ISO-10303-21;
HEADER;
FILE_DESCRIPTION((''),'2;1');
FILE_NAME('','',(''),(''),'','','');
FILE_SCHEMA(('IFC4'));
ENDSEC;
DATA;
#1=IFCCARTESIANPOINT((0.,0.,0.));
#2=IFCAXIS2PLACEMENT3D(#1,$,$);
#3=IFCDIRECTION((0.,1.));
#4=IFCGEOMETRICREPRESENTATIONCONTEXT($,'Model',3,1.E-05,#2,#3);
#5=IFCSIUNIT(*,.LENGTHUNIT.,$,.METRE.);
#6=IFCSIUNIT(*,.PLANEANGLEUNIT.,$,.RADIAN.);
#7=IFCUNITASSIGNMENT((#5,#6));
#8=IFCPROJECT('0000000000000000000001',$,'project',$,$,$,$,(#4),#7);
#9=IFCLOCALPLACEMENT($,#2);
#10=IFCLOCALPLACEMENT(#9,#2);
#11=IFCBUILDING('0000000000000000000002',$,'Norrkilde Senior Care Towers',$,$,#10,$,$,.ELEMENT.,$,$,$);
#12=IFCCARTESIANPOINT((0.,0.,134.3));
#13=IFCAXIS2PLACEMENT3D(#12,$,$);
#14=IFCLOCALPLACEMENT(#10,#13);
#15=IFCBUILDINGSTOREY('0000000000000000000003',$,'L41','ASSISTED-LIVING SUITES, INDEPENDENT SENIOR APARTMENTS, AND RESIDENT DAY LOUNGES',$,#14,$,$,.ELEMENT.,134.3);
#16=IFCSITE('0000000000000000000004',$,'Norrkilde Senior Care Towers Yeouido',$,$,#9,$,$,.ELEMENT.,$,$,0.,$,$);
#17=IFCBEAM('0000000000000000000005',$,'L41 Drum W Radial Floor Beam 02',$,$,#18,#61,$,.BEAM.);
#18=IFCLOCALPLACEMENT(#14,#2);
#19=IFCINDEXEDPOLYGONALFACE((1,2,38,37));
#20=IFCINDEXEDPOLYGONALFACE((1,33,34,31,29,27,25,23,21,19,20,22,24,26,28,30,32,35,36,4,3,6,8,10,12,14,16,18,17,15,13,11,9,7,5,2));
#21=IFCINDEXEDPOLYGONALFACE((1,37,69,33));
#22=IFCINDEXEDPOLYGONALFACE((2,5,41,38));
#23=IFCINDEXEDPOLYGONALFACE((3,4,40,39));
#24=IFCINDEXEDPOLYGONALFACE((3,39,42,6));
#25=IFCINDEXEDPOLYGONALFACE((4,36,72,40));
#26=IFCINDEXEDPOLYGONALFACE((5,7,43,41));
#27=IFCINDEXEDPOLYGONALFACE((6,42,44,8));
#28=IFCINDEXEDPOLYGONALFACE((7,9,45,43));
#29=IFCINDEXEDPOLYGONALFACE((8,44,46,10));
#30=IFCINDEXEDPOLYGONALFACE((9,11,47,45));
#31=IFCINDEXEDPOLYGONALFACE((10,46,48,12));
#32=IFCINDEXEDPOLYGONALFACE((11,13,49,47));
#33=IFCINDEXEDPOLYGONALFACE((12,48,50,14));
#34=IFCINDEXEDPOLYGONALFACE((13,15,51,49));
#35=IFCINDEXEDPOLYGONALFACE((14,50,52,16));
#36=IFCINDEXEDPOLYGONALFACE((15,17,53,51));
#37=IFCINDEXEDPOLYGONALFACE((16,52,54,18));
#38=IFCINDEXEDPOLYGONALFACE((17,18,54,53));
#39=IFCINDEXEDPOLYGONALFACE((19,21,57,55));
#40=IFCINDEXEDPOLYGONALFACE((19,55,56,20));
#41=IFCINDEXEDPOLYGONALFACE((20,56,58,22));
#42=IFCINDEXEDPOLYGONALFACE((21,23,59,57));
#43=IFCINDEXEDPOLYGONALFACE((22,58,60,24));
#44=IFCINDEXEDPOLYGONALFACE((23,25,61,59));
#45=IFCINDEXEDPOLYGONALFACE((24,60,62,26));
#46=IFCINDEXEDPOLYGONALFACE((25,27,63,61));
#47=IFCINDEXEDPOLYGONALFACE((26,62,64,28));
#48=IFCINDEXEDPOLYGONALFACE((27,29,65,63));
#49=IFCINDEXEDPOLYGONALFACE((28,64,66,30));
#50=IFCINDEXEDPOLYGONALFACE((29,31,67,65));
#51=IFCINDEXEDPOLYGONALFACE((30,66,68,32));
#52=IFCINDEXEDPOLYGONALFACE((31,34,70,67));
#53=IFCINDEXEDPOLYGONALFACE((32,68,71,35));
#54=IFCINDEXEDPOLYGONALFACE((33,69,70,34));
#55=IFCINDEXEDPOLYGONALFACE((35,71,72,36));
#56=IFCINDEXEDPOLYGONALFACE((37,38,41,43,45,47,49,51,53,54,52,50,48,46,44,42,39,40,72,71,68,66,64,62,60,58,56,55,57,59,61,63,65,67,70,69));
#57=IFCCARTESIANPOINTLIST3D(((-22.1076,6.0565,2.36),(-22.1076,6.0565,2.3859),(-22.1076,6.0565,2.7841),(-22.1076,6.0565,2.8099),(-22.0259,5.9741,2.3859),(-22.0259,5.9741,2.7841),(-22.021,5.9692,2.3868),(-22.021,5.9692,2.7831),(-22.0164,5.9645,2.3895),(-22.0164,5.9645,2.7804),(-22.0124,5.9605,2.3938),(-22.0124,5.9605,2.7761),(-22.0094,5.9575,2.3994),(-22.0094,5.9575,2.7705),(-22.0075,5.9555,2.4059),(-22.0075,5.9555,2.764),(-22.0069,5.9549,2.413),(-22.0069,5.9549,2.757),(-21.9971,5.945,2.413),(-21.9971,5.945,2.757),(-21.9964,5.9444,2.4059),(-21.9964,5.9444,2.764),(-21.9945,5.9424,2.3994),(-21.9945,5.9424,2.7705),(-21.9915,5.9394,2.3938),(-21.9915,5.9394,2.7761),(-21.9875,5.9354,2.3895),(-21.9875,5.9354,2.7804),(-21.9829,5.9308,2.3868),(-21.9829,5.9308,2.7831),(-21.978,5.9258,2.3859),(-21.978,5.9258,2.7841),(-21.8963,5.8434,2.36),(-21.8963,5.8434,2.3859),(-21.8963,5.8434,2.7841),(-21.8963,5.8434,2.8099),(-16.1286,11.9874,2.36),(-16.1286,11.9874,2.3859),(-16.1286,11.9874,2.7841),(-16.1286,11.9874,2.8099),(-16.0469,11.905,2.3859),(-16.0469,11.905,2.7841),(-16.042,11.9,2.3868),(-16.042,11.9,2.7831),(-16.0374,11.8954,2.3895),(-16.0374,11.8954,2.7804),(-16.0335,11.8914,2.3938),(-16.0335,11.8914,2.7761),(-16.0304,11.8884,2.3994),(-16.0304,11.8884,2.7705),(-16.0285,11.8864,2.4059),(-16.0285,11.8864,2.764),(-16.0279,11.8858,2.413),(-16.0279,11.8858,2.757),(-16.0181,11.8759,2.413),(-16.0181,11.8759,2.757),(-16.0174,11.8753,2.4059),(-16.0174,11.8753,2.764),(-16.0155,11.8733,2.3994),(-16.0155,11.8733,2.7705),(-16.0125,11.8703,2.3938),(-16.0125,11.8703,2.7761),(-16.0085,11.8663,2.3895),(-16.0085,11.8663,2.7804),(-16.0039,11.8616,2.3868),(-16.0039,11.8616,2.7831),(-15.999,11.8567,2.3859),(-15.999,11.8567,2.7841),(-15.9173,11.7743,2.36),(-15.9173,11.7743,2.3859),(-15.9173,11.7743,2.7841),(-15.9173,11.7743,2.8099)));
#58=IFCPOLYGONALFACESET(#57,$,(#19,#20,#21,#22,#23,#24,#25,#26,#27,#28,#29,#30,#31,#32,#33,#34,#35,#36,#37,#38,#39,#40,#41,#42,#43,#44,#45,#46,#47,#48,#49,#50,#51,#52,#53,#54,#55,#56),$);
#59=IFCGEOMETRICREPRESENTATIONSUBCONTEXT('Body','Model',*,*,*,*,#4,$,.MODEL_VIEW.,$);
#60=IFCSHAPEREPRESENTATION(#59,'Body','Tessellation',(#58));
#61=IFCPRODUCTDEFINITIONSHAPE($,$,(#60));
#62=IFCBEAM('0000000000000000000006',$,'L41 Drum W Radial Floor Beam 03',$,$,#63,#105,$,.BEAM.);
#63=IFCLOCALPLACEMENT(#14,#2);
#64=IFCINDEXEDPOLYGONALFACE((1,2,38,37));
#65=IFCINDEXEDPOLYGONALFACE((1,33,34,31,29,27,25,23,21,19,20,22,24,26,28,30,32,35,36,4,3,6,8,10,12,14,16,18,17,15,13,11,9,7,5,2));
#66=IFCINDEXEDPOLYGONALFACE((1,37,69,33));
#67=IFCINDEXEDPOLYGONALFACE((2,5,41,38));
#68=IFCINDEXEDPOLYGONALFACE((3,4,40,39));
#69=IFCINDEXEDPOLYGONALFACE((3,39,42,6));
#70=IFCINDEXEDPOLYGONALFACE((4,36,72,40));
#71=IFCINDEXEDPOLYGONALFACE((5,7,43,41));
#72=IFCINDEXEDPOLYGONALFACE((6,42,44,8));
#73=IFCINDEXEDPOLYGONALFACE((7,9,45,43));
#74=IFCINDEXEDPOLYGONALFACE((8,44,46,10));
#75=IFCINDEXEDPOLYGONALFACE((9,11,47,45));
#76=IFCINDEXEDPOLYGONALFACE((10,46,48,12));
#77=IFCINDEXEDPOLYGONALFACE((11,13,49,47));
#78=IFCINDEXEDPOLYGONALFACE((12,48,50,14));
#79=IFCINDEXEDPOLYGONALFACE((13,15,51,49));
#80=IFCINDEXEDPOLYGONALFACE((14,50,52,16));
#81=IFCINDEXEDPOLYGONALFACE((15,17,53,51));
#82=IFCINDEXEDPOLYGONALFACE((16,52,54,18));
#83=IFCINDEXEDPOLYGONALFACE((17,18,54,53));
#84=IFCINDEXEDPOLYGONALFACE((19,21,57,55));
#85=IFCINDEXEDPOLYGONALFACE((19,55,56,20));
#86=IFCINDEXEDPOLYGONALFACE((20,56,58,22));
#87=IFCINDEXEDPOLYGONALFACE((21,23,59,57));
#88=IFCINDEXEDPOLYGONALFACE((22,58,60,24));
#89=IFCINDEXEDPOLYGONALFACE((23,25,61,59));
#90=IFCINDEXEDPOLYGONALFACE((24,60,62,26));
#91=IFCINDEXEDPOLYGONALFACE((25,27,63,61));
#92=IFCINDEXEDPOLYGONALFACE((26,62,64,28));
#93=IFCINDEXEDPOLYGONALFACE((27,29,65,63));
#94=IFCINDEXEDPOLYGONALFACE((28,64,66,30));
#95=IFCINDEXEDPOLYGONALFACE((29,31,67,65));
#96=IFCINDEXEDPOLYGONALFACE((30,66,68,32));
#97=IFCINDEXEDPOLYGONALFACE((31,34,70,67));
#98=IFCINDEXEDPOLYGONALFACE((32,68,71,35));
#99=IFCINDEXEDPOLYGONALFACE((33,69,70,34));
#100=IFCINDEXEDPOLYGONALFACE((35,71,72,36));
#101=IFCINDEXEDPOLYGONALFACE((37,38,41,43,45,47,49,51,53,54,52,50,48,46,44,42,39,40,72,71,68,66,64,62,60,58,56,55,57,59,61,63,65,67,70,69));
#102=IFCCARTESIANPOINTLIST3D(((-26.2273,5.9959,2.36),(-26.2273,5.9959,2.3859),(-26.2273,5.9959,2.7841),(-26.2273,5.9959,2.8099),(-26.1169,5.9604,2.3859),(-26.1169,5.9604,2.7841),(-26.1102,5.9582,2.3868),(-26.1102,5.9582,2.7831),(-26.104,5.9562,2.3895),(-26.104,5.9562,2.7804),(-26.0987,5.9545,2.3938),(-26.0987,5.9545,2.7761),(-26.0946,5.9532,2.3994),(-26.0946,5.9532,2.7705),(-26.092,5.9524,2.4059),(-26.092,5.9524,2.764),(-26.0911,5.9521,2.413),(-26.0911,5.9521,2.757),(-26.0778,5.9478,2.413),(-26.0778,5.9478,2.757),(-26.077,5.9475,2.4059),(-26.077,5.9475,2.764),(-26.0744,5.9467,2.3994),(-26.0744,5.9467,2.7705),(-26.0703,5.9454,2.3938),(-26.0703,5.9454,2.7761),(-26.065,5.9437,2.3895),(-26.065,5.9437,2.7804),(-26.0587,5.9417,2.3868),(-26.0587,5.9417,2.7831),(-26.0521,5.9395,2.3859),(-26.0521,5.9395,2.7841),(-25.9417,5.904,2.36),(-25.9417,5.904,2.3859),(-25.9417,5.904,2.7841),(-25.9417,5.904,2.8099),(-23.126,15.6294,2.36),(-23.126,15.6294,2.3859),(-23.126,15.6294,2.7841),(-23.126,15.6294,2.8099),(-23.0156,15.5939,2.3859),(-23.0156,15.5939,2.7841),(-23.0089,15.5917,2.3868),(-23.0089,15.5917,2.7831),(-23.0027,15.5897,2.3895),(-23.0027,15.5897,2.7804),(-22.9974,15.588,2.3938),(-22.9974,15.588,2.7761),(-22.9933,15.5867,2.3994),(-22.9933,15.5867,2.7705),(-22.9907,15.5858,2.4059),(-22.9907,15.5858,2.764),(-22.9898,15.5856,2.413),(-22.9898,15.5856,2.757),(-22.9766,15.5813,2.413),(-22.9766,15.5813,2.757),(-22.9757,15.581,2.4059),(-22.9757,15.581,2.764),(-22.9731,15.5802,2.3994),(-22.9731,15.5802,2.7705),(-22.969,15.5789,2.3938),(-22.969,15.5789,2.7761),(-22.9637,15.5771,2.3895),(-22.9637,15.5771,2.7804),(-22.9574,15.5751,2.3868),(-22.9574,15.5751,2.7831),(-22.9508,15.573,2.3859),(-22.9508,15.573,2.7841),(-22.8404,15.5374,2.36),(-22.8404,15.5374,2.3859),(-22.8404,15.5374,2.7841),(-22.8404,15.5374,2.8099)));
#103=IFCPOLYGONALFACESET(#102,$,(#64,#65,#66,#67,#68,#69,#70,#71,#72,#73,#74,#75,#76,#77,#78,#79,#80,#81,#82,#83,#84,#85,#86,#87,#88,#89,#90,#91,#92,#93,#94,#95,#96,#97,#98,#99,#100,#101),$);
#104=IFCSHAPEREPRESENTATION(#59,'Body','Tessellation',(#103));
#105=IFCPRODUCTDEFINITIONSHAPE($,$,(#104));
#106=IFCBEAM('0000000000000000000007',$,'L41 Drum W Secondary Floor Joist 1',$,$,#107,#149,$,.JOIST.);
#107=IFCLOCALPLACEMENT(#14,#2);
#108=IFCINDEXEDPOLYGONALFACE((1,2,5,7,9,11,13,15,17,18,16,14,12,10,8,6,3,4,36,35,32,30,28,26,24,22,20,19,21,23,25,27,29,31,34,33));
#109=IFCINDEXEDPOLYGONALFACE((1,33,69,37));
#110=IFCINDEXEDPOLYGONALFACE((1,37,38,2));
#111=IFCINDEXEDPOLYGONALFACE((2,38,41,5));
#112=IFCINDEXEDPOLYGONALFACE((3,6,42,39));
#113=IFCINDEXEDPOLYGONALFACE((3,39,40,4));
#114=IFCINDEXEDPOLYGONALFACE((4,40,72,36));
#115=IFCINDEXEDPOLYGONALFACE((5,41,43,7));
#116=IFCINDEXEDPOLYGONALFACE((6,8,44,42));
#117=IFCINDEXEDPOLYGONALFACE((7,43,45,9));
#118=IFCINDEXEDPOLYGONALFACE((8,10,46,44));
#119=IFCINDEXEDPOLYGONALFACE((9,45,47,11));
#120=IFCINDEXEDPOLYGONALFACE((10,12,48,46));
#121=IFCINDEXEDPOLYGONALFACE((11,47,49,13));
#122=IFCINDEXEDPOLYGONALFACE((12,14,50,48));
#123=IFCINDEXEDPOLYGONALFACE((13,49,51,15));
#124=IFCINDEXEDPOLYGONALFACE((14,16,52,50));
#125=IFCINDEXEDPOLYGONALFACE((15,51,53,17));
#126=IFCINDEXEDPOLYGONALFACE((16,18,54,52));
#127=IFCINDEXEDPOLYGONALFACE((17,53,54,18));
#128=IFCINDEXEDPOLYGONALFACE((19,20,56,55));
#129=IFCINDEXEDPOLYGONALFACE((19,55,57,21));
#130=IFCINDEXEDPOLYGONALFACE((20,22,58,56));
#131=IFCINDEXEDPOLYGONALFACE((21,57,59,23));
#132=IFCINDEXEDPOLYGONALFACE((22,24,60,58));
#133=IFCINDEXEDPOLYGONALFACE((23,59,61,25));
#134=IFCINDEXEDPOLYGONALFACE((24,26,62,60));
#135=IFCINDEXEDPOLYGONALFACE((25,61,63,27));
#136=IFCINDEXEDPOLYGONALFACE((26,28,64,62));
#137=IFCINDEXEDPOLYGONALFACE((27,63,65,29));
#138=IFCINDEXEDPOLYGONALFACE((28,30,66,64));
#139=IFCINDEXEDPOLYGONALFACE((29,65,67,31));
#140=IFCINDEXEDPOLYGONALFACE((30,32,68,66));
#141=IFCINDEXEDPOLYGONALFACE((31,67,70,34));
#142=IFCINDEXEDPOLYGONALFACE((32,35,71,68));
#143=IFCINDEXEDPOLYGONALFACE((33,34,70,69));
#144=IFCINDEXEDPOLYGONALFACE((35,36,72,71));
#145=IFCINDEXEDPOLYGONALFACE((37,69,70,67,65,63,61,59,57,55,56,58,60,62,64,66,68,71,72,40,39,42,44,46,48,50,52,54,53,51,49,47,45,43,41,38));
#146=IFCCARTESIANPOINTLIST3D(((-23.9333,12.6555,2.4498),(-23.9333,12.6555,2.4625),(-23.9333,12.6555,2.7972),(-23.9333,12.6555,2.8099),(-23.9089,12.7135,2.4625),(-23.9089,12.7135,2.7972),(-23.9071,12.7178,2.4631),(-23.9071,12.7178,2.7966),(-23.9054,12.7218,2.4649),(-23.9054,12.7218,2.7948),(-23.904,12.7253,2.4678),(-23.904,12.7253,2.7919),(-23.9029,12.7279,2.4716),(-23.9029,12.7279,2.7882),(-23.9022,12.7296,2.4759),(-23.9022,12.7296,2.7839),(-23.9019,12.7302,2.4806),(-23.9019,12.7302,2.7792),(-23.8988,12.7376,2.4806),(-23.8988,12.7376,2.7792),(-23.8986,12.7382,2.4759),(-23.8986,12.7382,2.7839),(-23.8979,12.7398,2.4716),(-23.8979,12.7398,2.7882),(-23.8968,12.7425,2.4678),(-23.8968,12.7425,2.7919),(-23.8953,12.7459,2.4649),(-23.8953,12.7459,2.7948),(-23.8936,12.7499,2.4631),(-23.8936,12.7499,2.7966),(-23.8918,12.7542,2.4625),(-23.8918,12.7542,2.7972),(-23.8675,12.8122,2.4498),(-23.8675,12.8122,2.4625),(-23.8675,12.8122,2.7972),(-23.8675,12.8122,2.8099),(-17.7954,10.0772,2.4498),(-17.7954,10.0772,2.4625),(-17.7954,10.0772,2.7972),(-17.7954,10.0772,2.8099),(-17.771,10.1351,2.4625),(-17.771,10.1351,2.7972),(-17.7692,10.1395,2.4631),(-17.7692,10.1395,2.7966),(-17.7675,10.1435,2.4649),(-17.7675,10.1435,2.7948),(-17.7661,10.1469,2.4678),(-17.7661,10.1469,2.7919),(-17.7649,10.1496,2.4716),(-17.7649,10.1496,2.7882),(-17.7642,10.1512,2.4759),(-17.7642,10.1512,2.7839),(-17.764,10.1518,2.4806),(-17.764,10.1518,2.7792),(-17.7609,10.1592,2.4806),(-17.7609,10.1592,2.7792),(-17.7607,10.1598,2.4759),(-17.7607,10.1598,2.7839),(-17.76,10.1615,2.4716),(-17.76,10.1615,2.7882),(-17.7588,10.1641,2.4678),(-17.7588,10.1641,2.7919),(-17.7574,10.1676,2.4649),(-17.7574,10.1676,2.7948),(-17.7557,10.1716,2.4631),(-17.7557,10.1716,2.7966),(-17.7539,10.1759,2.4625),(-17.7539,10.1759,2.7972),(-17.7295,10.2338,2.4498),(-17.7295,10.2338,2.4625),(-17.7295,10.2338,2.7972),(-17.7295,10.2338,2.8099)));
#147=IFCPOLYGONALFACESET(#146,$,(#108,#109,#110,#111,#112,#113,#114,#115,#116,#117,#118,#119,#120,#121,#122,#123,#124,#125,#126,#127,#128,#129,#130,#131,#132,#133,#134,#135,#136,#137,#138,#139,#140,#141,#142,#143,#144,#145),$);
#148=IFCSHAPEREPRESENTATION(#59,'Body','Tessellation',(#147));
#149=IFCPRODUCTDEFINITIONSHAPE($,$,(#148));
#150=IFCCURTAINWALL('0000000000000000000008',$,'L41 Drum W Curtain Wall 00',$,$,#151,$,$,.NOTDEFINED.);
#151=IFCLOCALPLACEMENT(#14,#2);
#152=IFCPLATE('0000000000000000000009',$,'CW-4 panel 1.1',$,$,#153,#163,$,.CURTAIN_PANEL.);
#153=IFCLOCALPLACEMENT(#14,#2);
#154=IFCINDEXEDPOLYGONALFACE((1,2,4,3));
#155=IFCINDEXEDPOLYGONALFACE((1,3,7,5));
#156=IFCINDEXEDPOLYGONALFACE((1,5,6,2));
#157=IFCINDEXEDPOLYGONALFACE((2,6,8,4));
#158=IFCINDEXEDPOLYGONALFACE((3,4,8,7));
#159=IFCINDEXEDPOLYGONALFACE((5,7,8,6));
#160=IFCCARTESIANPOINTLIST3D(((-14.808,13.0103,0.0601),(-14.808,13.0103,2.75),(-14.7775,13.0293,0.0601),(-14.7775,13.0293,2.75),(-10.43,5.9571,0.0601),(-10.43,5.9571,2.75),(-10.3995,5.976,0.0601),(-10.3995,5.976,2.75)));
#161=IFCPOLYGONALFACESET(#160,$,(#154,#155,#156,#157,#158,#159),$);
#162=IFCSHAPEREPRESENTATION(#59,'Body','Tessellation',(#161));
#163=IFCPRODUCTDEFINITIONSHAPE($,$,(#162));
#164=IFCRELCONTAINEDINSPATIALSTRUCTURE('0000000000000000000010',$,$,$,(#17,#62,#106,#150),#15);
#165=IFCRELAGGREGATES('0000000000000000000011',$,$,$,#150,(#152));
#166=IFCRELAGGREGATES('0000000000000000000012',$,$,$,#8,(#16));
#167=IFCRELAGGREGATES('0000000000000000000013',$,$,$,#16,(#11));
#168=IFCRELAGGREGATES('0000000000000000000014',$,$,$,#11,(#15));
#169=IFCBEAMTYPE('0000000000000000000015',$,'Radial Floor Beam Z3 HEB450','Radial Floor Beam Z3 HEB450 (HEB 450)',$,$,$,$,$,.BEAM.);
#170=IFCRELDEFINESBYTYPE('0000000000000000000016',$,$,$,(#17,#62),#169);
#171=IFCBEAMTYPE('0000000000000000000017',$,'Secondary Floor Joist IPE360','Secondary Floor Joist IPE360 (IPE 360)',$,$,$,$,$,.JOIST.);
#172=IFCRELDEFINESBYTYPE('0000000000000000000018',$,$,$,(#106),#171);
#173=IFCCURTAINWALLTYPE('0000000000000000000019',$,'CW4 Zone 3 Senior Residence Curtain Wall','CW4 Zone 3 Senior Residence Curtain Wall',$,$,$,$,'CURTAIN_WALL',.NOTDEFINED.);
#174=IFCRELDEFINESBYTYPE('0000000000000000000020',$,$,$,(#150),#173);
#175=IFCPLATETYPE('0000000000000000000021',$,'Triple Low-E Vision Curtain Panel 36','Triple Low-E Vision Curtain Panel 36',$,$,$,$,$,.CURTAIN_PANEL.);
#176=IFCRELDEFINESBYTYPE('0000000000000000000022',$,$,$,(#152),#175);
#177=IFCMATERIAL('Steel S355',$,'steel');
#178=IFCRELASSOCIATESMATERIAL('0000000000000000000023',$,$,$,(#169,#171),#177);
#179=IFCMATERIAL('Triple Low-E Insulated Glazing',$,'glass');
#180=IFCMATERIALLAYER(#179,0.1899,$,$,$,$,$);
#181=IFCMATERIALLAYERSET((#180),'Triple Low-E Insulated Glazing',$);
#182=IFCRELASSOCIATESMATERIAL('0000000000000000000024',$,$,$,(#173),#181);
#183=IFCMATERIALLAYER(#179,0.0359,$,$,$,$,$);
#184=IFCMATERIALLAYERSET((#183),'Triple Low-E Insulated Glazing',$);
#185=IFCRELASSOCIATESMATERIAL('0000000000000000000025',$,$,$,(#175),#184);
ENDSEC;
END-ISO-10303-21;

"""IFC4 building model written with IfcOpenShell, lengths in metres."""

from ifc_helpers import new_model, si_unit, direction, frame, origin, origin_2d, place, context, subcontext, project, spatial, rectangle, i_section, extrude, source, transform, mapped, material, layer, layer_set, material_profile, profile_set, type_object, type_shapes, element, aggregate, save


model = new_model("IFC4")

# Units and contexts
model_context = context("Model", 3, precision=1e-05, world=origin(), true_north=direction((0.0, 1.0)))
body_context = subcontext(model_context, "Body", "Model", "MODEL_VIEW")
ifc_project = project(units=[si_unit("LENGTHUNIT", "METRE"), si_unit("PLANEANGLEUNIT", "RADIAN")], contexts=[model_context])

# Site, building, storey
site_placement = place(None, origin())
site = spatial("IfcSite", under=ifc_project, at=site_placement, Name="Norrkilde Senior Care Towers Yeouido", CompositionType="ELEMENT", RefElevation=0.0)
building_placement = place(site_placement, origin())
building = spatial("IfcBuilding", under=site, at=building_placement, Name="Norrkilde Senior Care Towers", CompositionType="ELEMENT")
storey_placement = place(building_placement, frame((0.0, 0.0, 134.3)))
storey = spatial("IfcBuildingStorey", under=building, at=storey_placement, Name="L41", Description="ASSISTED-LIVING SUITES, INDEPENDENT SENIOR APARTMENTS, AND RESIDENT DAY LOUNGES", CompositionType="ELEMENT", Elevation=134.3)

# Beams
ifc_material_1 = material(Name="Steel S355", Category="steel")
ifc_material_profile_1 = material_profile(ifc_material_1, i_section(OverallWidth=0.3, OverallDepth=0.45, WebThickness=0.0139, FlangeThickness=0.0259, FilletRadius=0.0271, at=origin_2d()), Name="HEB 450")
ifc_profile_set_1 = profile_set([ifc_material_profile_1], Name="Steel S355")
beam_type_1 = type_object("IfcBeamType", Name="Radial Floor Beam Z3 HEB450", Description="Radial Floor Beam Z3 HEB450 (HEB 450)", PredefinedType="BEAM", material=ifc_profile_set_1)
shared_shape_1 = source(origin(), body_context, "Body", "SweptSolid", [
    extrude(i_section(OverallWidth=0.3, OverallDepth=0.45, WebThickness=0.0139, FlangeThickness=0.0259, FilletRadius=0.0271, at=origin_2d()), origin(), (0.0, 0.0, 1.0), 8.4216),
])
beam_1_placement = place(storey_placement, frame((-22.002, 5.95, 2.585), z_axis=(0.709956, 0.704246, 0.0), x_axis=(-0.704246, 0.709956, 0.0)))
element("IfcBeam", 1, at=beam_1_placement, inside=storey, type_object=beam_type_1, Name="L41 Drum W Radial Floor Beam 02", PredefinedType="BEAM", context=body_context, shape_type="MappedRepresentation", body=[
    mapped(shared_shape_1, transform((0.0, 0.0, 0.0), x_axis=(1.0, 0.0, 0.0), y_axis=(0.0, 1.0, 0.0), z_axis=(0.0, 0.0, 1.0), scale=1.0)),
])
shared_shape_2 = source(origin(), body_context, "Body", "SweptSolid", [
    extrude(i_section(OverallWidth=0.3, OverallDepth=0.45, WebThickness=0.0139, FlangeThickness=0.0259, FilletRadius=0.0271, at=origin_2d()), origin(), (0.0, 0.0, 1.0), 10.1204),
])
beam_2_placement = place(storey_placement, frame((-26.0845, 5.95, 2.585), z_axis=(0.306441, 0.95189, 0.0), x_axis=(-0.95189, 0.306441, 0.0)))
element("IfcBeam", 2, at=beam_2_placement, inside=storey, type_object=beam_type_1, Name="L41 Drum W Radial Floor Beam 03", PredefinedType="BEAM", context=body_context, shape_type="MappedRepresentation", body=[
    mapped(shared_shape_2, transform((0.0, 0.0, 0.0), x_axis=(1.0, 0.0, 0.0), y_axis=(0.0, 1.0, 0.0), z_axis=(0.0, 0.0, 1.0), scale=1.0)),
])
ifc_material_profile_2 = material_profile(ifc_material_1, i_section(OverallWidth=0.1699, OverallDepth=0.3601, WebThickness=0.0081, FlangeThickness=0.0127, FilletRadius=0.0181, at=origin_2d()), Name="IPE 360")
ifc_profile_set_2 = profile_set([ifc_material_profile_2], Name="Steel S355")
beam_type_2 = type_object("IfcBeamType", Name="Secondary Floor Joist IPE360", Description="Secondary Floor Joist IPE360 (IPE 360)", PredefinedType="JOIST", material=ifc_profile_set_2)
shared_shape_3 = source(origin(), body_context, "Body", "SweptSolid", [
    extrude(i_section(OverallWidth=0.1699, OverallDepth=0.3601, WebThickness=0.0081, FlangeThickness=0.0127, FilletRadius=0.0181, at=origin_2d()), origin(), (0.0, 0.0, 1.0), 6.6575),
])
type_shapes(beam_type_2, [shared_shape_3])
beam_3_placement = place(storey_placement, frame((-17.7625, 10.1555, 2.6299), z_axis=(-0.921959, 0.387288, 0.0), x_axis=(-0.387288, -0.921959, 0.0)))
element("IfcBeam", 3, at=beam_3_placement, inside=storey, type_object=beam_type_2, Name="L41 Drum W Secondary Floor Joist 1", PredefinedType="JOIST", context=body_context, shape_type="MappedRepresentation", body=[
    mapped(shared_shape_3, transform((0.0, 0.0, 0.0), x_axis=(1.0, 0.0, 0.0), y_axis=(0.0, 1.0, 0.0), z_axis=(0.0, 0.0, 1.0), scale=1.0)),
])

# Curtain wall, plate
ifc_material_2 = material(Name="Triple Low-E Insulated Glazing", Category="glass")
ifc_layer_1 = layer(ifc_material_2, 0.1899)
ifc_layer_set_1 = layer_set([ifc_layer_1], Name="Triple Low-E Insulated Glazing")
curtain_wall_type = type_object("IfcCurtainWallType", Name="CW4 Zone 3 Senior Residence Curtain Wall", Description="CW4 Zone 3 Senior Residence Curtain Wall", ElementType="CURTAIN_WALL", PredefinedType="NOTDEFINED", material=ifc_layer_set_1)
curtain_wall_placement = place(storey_placement, origin())
curtain_wall = element("IfcCurtainWall", 4, at=curtain_wall_placement, inside=storey, type_object=curtain_wall_type, Name="L41 Drum W Curtain Wall 00", PredefinedType="NOTDEFINED")
ifc_layer_2 = layer(ifc_material_2, 0.0359)
ifc_layer_set_2 = layer_set([ifc_layer_2], Name="Triple Low-E Insulated Glazing")
plate_type = type_object("IfcPlateType", Name="Triple Low-E Vision Curtain Panel 36", Description="Triple Low-E Vision Curtain Panel 36", PredefinedType="CURTAIN_PANEL", material=ifc_layer_set_2)
shared_shape_4 = source(origin(), body_context, "Body", "SweptSolid", [
    extrude(rectangle(XDim=8.3015, YDim=0.0359, at=origin_2d()), origin(), (0.0, 0.0, 1.0), 2.6899),
])
type_shapes(plate_type, [shared_shape_4])
plate_placement = place(storey_placement, frame((-12.6038, 9.4932, 0.0601), z_axis=(0.0, 0.0, 1.0), x_axis=(0.527373, -0.849634, 0.0)))
plate = element("IfcPlate", 5, at=plate_placement, type_object=plate_type, Name="CW-4 panel 1.1", PredefinedType="CURTAIN_PANEL", context=body_context, shape_type="MappedRepresentation", body=[
    mapped(shared_shape_4, transform((0.0, 0.0, 0.0), x_axis=(1.0, 0.0, 0.0), y_axis=(0.0, 1.0, 0.0), z_axis=(0.0, 0.0, 1.0), scale=1.0)),
])
aggregate(curtain_wall, [plate])

save(model, "model.ifc")
